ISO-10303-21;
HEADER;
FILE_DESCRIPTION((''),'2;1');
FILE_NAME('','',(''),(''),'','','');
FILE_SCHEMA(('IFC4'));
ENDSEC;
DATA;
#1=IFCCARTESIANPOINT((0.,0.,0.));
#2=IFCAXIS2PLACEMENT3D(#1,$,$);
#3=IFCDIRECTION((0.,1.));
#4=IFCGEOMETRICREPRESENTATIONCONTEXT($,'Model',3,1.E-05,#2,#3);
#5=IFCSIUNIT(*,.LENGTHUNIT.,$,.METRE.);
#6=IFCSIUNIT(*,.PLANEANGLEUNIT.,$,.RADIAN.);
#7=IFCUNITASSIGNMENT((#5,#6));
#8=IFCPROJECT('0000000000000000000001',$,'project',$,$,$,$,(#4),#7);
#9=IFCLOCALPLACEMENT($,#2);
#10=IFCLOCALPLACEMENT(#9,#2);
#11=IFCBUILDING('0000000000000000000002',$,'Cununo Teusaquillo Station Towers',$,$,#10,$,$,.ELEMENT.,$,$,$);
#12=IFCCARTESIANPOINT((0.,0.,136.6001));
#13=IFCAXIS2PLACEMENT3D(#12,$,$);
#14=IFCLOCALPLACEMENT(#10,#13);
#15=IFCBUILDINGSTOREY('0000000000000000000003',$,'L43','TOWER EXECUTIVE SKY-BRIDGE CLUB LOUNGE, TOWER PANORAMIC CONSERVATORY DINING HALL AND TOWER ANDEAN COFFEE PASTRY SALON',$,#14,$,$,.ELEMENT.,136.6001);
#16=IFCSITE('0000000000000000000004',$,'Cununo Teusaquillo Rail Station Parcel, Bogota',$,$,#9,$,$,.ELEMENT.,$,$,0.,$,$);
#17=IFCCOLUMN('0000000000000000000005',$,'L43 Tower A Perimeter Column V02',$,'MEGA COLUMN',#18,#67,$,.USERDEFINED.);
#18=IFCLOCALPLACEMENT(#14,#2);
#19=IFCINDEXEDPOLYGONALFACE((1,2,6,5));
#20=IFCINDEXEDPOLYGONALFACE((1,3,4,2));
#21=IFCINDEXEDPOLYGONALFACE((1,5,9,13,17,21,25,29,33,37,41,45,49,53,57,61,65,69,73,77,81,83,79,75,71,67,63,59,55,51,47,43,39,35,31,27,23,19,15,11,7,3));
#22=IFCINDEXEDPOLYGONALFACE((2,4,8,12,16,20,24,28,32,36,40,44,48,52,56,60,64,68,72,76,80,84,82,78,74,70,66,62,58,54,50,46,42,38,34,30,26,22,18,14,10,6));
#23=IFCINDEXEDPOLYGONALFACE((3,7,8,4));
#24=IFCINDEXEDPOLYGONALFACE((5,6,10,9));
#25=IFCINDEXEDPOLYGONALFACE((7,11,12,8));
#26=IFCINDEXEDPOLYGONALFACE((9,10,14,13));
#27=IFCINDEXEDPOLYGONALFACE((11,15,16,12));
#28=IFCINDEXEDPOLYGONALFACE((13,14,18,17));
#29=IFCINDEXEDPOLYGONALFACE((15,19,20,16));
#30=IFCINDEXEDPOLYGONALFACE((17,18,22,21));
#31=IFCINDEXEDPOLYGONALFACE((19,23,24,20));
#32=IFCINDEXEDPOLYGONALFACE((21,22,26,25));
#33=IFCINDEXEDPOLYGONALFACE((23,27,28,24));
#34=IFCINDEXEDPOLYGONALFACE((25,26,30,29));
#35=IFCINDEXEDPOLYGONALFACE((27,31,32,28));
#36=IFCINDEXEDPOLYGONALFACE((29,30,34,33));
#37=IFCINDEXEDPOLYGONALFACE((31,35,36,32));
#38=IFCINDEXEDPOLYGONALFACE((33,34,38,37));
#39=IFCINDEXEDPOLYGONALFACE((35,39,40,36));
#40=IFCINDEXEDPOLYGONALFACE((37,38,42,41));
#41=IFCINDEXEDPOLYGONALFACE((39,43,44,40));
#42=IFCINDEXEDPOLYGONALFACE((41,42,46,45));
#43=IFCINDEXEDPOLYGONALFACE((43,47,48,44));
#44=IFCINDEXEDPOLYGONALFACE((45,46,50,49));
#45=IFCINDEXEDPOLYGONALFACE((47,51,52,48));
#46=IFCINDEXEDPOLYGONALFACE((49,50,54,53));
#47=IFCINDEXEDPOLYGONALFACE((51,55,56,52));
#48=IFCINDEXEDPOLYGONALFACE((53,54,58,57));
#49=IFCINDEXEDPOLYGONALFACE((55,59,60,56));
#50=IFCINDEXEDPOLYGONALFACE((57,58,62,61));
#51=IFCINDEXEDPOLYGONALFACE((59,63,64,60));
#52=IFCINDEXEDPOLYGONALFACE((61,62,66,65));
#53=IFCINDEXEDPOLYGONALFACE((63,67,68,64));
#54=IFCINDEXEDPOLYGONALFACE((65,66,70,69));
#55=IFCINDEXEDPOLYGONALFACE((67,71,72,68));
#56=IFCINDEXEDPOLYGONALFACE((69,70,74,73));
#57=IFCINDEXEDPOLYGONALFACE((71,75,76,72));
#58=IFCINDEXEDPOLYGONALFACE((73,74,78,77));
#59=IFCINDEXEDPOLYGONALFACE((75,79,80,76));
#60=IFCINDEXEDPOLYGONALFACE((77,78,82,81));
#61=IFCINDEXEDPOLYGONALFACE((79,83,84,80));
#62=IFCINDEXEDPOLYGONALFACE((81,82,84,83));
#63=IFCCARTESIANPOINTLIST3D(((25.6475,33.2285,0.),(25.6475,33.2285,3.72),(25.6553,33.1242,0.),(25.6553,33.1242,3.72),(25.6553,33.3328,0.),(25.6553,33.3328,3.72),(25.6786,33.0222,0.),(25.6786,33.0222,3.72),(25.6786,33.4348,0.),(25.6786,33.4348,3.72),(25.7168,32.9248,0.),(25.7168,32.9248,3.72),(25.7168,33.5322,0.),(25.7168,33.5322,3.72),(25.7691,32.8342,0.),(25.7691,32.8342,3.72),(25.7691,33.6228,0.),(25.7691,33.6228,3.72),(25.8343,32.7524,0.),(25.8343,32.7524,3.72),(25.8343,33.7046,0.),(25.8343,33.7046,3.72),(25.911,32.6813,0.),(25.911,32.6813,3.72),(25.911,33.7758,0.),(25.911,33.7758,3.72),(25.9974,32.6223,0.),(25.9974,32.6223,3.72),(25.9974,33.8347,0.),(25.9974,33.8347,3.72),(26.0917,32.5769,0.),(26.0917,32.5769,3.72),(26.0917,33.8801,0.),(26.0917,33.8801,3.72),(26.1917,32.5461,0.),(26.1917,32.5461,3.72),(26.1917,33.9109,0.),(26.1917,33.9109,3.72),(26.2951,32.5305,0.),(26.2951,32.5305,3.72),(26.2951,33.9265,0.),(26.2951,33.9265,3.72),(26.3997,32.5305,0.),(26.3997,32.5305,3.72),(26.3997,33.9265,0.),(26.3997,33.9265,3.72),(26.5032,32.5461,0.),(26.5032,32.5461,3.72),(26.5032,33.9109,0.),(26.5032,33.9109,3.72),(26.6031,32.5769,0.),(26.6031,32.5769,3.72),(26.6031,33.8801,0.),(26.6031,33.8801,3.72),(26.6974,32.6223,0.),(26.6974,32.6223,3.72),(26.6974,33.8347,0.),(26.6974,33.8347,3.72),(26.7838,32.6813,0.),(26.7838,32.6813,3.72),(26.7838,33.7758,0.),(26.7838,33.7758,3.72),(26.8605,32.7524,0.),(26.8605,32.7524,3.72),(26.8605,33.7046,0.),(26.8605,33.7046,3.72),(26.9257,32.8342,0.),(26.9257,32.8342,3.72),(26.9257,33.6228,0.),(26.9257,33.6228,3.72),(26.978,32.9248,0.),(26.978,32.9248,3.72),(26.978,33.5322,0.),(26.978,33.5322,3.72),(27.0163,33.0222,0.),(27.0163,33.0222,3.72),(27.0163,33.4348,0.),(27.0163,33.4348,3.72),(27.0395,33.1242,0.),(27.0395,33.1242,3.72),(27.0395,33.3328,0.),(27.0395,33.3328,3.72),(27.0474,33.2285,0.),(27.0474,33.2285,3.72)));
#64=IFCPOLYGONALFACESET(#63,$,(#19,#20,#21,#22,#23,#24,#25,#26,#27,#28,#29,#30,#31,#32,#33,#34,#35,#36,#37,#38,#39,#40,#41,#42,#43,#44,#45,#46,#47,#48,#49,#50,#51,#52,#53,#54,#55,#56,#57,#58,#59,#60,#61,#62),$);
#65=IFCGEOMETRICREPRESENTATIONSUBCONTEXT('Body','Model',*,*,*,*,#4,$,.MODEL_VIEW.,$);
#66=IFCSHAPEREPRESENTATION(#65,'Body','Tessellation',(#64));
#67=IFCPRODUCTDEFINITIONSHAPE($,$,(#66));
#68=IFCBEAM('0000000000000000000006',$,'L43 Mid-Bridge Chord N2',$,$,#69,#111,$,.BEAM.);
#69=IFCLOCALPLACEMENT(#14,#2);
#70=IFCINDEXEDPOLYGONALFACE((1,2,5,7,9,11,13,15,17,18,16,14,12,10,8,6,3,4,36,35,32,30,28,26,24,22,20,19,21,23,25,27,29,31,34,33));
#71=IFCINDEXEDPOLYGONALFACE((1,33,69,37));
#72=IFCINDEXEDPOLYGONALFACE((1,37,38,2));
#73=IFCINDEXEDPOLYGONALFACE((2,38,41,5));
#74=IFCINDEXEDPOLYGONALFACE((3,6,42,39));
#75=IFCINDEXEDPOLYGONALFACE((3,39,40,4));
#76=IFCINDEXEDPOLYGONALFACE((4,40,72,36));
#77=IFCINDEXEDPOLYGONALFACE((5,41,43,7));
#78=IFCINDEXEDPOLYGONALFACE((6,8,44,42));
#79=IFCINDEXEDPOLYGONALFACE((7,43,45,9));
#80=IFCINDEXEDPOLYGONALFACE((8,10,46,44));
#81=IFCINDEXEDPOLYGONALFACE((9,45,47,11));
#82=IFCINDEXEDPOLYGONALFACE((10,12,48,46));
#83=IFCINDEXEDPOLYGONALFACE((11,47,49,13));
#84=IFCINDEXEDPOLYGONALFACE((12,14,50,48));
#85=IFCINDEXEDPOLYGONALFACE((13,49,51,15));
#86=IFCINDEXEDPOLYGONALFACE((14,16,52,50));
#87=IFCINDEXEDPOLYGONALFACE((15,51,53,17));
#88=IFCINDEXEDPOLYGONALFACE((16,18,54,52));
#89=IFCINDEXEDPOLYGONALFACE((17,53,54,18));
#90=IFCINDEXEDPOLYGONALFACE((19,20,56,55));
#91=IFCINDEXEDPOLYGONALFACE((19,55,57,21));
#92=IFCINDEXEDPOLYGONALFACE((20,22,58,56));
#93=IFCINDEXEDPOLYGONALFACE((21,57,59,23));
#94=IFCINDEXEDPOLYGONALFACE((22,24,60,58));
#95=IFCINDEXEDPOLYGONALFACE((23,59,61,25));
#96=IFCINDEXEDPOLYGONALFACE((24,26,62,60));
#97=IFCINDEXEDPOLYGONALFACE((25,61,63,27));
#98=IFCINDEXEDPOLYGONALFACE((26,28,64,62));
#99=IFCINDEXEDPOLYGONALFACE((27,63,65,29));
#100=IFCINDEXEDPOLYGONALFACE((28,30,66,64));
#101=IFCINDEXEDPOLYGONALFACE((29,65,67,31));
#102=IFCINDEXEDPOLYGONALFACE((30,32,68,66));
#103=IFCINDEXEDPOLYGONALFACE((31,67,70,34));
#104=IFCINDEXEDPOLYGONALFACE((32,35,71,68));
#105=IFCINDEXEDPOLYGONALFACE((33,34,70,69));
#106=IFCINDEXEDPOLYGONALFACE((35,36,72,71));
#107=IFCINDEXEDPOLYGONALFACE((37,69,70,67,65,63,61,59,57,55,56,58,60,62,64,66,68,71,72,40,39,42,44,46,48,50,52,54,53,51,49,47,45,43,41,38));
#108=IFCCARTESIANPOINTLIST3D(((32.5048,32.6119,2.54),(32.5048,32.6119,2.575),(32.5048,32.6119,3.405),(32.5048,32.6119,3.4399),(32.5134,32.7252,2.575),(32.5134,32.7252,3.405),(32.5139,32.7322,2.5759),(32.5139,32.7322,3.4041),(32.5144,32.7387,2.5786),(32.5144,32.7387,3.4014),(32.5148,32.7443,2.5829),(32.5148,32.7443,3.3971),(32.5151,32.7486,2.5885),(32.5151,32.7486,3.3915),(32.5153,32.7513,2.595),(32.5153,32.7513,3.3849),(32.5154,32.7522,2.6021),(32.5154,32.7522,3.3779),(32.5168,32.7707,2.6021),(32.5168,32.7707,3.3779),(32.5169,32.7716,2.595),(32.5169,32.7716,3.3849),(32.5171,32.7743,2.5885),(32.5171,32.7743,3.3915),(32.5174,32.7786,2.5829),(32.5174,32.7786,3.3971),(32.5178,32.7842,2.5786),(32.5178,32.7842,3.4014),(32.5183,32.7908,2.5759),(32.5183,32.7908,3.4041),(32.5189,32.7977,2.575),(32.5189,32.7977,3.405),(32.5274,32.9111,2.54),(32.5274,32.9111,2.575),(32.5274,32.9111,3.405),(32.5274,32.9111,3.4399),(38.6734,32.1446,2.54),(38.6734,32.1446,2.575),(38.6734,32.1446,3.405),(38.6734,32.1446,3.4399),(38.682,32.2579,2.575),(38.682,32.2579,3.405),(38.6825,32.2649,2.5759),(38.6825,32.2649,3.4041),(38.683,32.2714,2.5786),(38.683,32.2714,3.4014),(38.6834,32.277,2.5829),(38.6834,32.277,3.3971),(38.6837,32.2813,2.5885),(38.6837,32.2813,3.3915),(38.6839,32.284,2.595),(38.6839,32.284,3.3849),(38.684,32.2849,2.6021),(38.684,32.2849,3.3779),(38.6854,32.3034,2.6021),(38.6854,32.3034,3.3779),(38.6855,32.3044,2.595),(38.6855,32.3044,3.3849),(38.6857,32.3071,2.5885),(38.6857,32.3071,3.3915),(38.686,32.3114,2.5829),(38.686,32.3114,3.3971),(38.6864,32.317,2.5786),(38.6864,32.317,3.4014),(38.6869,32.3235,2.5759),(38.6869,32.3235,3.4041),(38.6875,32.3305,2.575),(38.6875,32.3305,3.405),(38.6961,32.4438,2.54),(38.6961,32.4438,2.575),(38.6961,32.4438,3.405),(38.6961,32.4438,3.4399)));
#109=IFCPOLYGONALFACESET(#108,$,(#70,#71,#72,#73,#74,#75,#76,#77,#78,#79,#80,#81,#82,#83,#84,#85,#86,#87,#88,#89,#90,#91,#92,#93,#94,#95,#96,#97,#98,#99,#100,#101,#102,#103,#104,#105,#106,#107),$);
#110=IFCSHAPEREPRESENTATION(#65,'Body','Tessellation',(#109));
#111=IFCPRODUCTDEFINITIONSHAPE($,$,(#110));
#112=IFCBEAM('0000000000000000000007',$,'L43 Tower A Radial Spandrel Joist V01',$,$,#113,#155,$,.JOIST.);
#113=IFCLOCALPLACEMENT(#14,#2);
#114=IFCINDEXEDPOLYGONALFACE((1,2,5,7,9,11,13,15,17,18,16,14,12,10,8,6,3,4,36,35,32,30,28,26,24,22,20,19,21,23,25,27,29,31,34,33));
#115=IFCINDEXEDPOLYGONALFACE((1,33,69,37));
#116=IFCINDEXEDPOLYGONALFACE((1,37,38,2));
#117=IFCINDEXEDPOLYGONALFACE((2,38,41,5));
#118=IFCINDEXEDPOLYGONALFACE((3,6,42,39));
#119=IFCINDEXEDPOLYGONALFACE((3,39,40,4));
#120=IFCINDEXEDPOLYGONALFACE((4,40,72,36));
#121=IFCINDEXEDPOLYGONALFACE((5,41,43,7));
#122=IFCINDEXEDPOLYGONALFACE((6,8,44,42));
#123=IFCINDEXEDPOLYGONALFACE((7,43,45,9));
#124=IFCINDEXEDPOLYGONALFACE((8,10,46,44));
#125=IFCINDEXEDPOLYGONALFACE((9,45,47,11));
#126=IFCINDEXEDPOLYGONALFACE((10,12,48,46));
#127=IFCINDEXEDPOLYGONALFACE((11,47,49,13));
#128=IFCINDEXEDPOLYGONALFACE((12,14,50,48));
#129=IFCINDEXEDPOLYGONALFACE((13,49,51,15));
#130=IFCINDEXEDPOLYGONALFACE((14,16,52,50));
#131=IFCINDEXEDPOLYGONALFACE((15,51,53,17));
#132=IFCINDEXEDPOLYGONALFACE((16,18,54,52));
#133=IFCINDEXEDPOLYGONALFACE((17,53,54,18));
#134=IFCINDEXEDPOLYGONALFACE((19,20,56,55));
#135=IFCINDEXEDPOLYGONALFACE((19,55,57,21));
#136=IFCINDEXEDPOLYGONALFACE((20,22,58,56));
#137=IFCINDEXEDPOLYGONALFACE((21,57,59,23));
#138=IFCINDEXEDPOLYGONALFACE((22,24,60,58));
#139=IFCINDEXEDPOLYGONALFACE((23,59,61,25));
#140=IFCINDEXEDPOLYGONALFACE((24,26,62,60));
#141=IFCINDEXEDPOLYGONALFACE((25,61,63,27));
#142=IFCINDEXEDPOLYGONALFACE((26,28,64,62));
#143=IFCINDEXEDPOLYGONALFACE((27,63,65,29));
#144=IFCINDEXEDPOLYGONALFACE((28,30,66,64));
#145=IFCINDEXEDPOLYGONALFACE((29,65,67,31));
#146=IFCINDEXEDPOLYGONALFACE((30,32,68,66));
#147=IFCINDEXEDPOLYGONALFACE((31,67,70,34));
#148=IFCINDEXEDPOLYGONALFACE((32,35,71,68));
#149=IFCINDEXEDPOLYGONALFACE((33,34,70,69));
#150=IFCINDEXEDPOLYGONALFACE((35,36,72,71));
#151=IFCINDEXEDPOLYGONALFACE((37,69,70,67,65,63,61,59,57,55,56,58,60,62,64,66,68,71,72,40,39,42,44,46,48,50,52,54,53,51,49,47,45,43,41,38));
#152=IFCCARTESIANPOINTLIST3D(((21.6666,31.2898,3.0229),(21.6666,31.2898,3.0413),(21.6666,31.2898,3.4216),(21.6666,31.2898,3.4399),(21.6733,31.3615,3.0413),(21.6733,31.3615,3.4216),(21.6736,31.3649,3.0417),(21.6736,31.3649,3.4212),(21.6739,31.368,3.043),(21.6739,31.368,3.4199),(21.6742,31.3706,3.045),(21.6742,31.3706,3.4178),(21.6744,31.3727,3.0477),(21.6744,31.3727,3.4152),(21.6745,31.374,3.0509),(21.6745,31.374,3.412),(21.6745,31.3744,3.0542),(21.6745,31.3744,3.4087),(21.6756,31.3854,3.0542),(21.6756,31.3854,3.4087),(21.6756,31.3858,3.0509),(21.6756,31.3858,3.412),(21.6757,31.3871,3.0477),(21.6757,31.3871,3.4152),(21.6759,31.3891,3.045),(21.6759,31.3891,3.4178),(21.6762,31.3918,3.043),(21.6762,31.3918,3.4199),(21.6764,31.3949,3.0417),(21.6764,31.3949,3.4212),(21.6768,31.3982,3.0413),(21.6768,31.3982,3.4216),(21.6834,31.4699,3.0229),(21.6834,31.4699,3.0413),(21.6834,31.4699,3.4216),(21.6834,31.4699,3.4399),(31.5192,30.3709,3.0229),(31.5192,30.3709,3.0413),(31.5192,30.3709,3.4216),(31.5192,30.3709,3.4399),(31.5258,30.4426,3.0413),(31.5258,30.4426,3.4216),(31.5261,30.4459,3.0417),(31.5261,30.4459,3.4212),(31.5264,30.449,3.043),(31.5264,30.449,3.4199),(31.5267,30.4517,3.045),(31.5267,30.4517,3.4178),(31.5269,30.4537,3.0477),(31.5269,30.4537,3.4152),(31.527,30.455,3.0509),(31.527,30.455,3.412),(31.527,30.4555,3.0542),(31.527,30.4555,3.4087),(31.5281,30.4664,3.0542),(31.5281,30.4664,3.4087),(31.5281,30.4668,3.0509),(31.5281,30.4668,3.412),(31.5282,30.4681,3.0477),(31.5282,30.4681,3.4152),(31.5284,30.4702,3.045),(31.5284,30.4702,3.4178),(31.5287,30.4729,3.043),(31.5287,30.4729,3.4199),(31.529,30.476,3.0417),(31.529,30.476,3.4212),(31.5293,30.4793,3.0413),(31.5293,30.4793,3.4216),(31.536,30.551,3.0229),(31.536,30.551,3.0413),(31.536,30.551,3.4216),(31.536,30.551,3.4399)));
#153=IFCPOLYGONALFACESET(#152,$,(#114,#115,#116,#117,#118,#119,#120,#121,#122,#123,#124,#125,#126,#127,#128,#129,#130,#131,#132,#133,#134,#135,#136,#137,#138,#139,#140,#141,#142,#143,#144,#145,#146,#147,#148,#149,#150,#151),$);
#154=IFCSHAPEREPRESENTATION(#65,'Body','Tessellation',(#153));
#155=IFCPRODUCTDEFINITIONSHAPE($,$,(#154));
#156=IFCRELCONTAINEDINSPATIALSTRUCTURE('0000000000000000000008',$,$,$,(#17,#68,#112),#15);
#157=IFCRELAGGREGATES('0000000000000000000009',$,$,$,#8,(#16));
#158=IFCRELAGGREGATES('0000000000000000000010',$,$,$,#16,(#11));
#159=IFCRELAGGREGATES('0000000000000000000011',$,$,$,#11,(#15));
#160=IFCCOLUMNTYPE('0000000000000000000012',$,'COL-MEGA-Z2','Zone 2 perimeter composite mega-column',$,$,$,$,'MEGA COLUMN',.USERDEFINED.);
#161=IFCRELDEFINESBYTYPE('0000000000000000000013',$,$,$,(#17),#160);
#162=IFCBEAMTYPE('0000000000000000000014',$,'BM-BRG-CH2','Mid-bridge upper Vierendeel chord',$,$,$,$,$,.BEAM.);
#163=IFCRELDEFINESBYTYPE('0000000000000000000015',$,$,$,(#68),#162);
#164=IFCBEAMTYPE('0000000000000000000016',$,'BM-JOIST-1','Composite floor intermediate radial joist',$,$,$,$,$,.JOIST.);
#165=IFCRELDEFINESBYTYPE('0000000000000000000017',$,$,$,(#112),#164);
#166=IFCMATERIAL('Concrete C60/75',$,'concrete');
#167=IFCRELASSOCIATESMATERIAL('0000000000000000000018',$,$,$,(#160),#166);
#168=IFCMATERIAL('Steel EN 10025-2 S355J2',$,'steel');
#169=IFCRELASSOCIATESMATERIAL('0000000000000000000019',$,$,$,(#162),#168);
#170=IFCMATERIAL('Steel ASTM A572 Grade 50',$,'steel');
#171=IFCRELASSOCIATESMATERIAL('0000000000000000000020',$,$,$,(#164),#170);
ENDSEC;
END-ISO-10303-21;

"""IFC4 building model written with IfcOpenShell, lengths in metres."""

from ifc_helpers import new_model, si_unit, direction, frame, origin, origin_2d, place, context, subcontext, project, spatial, circle, i_section, extrude, material, material_profile, profile_set, type_object, element, save


model = new_model("IFC4")

# Units and contexts
model_context = context("Model", 3, precision=1e-05, world=origin(), true_north=direction((0.0, 1.0)))
body_context = subcontext(model_context, "Body", "Model", "MODEL_VIEW")
ifc_project = project(units=[si_unit("LENGTHUNIT", "METRE"), si_unit("PLANEANGLEUNIT", "RADIAN")], contexts=[model_context])

# Site, building, storey
site_placement = place(None, origin())
site = spatial("IfcSite", under=ifc_project, at=site_placement, Name="Cununo Teusaquillo Rail Station Parcel, Bogota", CompositionType="ELEMENT", RefElevation=0.0)
building_placement = place(site_placement, origin())
building = spatial("IfcBuilding", under=site, at=building_placement, Name="Cununo Teusaquillo Station Towers", CompositionType="ELEMENT")
storey_placement = place(building_placement, frame((0.0, 0.0, 136.6001)))
storey = spatial("IfcBuildingStorey", under=building, at=storey_placement, Name="L43", Description="TOWER EXECUTIVE SKY-BRIDGE CLUB LOUNGE, TOWER PANORAMIC CONSERVATORY DINING HALL AND TOWER ANDEAN COFFEE PASTRY SALON", CompositionType="ELEMENT", Elevation=136.6001)

# Column
ifc_material_1 = material(Name="Concrete C60/75", Category="concrete")
ifc_material_profile_1 = material_profile(ifc_material_1, circle(Radius=0.7, at=origin_2d()), Name="RC-CIRC-1400")
ifc_profile_set_1 = profile_set([ifc_material_profile_1], Name="Concrete C60/75")
column_type_1 = type_object("IfcColumnType", Name="COL-MEGA-Z2", Description="Zone 2 perimeter composite mega-column", ElementType="MEGA COLUMN", PredefinedType="USERDEFINED", material=ifc_profile_set_1)
for number, where, z_axis, x_axis, name in (
    (1, (26.3474, 33.2285, 0.0), (0.0, 0.0, 1.0), (1.0, 0.0, 0.0), "L43 Tower A Perimeter Column V02"),
):
    element("IfcColumn", number, at=place(storey_placement, frame(where, z_axis=z_axis, x_axis=x_axis)), inside=storey, type_object=column_type_1, Name=name, ObjectType="MEGA COLUMN", PredefinedType="USERDEFINED", context=body_context, shape_type="SweptSolid", body=[
        extrude(circle(Radius=0.7, at=origin_2d()), origin(), (0.0, 0.0, 1.0), 3.72),
    ])

# Beams
ifc_material_2 = material(Name="Steel EN 10025-2 S355J2", Category="steel")
ifc_material_profile_2 = material_profile(ifc_material_2, i_section(OverallWidth=0.3, OverallDepth=0.8999, WebThickness=0.0186, FlangeThickness=0.0349, FilletRadius=0.0271, at=origin_2d()), Name="HEB 900")
ifc_profile_set_2 = profile_set([ifc_material_profile_2], Name="Steel EN 10025-2 S355J2")
beam_type_1 = type_object("IfcBeamType", Name="BM-BRG-CH2", Description="Mid-bridge upper Vierendeel chord", PredefinedType="BEAM", material=ifc_profile_set_2)
beam_1_placement = place(storey_placement, frame((32.5161, 32.7615, 2.99), z_axis=(0.997143, -0.075535, 0.0), x_axis=(0.075535, 0.997143, 0.0)))
element("IfcBeam", 2, at=beam_1_placement, inside=storey, type_object=beam_type_1, Name="L43 Mid-Bridge Chord N2", PredefinedType="BEAM", context=body_context, shape_type="SweptSolid", body=[
    extrude(i_section(OverallWidth=0.3, OverallDepth=0.8999, WebThickness=0.0186, FlangeThickness=0.0349, FilletRadius=0.0271, at=origin_2d()), origin(), (0.0, 0.0, 1.0), 6.1863),
])
ifc_material_3 = material(Name="Steel ASTM A572 Grade 50", Category="steel")
ifc_material_profile_3 = material_profile(ifc_material_3, i_section(OverallWidth=0.1809, OverallDepth=0.417, WebThickness=0.011, FlangeThickness=0.0183, FilletRadius=0.0129, at=origin_2d()), Name="W16X57")
ifc_profile_set_3 = profile_set([ifc_material_profile_3], Name="Steel ASTM A572 Grade 50")
beam_type_2 = type_object("IfcBeamType", Name="BM-JOIST-1", Description="Composite floor intermediate radial joist", PredefinedType="JOIST", material=ifc_profile_set_3)
beam_2_placement = place(storey_placement, frame((21.675, 31.3799, 3.2314), z_axis=(0.995679, -0.092867, 0.0), x_axis=(0.092867, 0.995679, 0.0)))
element("IfcBeam", 3, at=beam_2_placement, inside=storey, type_object=beam_type_2, Name="L43 Tower A Radial Spandrel Joist V01", PredefinedType="JOIST", context=body_context, shape_type="SweptSolid", body=[
    extrude(i_section(OverallWidth=0.1809, OverallDepth=0.417, WebThickness=0.011, FlangeThickness=0.0183, FilletRadius=0.0129, at=origin_2d()), origin(), (0.0, 0.0, 1.0), 9.8953),
])

save(model, "model.ifc")
